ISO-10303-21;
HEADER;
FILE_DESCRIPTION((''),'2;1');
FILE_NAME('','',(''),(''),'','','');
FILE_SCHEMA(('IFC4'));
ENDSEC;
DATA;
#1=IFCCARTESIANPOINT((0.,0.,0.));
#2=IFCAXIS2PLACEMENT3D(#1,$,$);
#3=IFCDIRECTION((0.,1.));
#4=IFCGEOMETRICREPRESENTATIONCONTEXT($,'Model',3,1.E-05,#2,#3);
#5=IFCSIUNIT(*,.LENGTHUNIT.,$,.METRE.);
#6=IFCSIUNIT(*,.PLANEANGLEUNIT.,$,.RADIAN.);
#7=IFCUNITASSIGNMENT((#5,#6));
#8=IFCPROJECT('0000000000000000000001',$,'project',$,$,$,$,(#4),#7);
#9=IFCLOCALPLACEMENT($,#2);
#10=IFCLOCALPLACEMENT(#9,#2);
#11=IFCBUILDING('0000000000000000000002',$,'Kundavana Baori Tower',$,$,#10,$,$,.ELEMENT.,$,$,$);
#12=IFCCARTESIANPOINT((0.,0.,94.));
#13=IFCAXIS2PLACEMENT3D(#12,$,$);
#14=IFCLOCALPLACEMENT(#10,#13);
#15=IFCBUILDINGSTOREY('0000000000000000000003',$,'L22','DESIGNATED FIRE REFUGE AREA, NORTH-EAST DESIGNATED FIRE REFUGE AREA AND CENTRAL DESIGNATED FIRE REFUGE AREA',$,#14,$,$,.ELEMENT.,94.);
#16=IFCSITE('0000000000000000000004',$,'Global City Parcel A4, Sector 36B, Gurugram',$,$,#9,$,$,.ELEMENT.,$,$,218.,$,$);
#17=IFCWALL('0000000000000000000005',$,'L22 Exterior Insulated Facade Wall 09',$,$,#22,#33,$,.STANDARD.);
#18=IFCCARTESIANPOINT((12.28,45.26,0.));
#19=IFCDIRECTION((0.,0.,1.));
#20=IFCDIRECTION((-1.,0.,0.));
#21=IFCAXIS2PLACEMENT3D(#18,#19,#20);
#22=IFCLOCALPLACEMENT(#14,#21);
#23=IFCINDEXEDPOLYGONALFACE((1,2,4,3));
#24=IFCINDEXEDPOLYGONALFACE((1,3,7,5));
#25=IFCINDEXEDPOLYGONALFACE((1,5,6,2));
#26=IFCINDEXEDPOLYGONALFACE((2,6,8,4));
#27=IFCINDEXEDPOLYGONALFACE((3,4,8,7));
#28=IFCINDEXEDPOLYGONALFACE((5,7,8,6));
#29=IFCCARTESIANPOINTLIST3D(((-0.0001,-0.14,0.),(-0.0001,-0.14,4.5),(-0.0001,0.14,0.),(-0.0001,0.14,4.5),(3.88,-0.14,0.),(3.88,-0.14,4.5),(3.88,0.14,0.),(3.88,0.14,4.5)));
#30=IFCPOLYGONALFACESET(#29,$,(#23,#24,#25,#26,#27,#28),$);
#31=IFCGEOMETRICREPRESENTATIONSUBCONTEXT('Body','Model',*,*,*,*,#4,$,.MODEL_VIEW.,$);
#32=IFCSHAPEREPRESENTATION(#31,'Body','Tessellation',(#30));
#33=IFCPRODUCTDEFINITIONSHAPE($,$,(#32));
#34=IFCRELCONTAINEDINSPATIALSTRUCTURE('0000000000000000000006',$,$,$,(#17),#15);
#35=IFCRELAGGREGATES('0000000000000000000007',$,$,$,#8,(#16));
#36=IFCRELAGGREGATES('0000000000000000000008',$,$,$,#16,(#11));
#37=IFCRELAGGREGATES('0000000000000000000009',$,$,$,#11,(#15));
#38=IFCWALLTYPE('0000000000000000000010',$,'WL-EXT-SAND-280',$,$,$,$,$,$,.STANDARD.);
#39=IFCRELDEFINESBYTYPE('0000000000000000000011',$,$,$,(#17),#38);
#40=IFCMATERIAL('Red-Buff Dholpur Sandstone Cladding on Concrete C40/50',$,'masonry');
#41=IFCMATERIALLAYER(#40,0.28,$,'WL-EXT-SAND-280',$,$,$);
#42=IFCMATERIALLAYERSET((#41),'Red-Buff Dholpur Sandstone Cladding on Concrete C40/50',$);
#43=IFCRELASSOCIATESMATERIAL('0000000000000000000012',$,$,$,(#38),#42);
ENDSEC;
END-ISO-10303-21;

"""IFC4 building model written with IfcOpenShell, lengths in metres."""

from ifc_helpers import new_model, si_unit, direction, frame, frame_2d, origin, place, context, subcontext, project, spatial, rectangle, extrude, material, layer, layer_set, type_object, element, save


model = new_model("IFC4")

# Units and contexts
model_context = context("Model", 3, precision=1e-05, world=origin(), true_north=direction((0.0, 1.0)))
body_context = subcontext(model_context, "Body", "Model", "MODEL_VIEW")
ifc_project = project(units=[si_unit("LENGTHUNIT", "METRE"), si_unit("PLANEANGLEUNIT", "RADIAN")], contexts=[model_context])

# Site, building, storey
site_placement = place(None, origin())
site = spatial("IfcSite", under=ifc_project, at=site_placement, Name="Global City Parcel A4, Sector 36B, Gurugram", CompositionType="ELEMENT", RefElevation=218.0)
building_placement = place(site_placement, origin())
building = spatial("IfcBuilding", under=site, at=building_placement, Name="Kundavana Baori Tower", CompositionType="ELEMENT")
storey_placement = place(building_placement, frame((0.0, 0.0, 94.0)))
storey = spatial("IfcBuildingStorey", under=building, at=storey_placement, Name="L22", Description="DESIGNATED FIRE REFUGE AREA, NORTH-EAST DESIGNATED FIRE REFUGE AREA AND CENTRAL DESIGNATED FIRE REFUGE AREA", CompositionType="ELEMENT", Elevation=94.0)

# Wall
ifc_material_1 = material(Name="Red-Buff Dholpur Sandstone Cladding on Concrete C40/50", Category="masonry")
ifc_layer_1 = layer(ifc_material_1, 0.28, Name="WL-EXT-SAND-280")
ifc_layer_set_1 = layer_set([ifc_layer_1], Name="Red-Buff Dholpur Sandstone Cladding on Concrete C40/50")
wall_type_1 = type_object("IfcWallType", Name="WL-EXT-SAND-280", PredefinedType="STANDARD", material=ifc_layer_set_1)
wall_1_placement = place(storey_placement, frame((12.28, 45.26, 0.0), z_axis=(0.0, 0.0, 1.0), x_axis=(-1.0, 0.0, 0.0)))
element("IfcWall", 1, at=wall_1_placement, inside=storey, type_object=wall_type_1, Name="L22 Exterior Insulated Facade Wall 09", PredefinedType="STANDARD", context=body_context, shape_type="SweptSolid", body=[
    extrude(rectangle(XDim=3.8801, YDim=0.28, at=frame_2d((1.9399, 0.0))), origin(), (0.0, 0.0, 1.0), 4.5),
])

save(model, "model.ifc")
